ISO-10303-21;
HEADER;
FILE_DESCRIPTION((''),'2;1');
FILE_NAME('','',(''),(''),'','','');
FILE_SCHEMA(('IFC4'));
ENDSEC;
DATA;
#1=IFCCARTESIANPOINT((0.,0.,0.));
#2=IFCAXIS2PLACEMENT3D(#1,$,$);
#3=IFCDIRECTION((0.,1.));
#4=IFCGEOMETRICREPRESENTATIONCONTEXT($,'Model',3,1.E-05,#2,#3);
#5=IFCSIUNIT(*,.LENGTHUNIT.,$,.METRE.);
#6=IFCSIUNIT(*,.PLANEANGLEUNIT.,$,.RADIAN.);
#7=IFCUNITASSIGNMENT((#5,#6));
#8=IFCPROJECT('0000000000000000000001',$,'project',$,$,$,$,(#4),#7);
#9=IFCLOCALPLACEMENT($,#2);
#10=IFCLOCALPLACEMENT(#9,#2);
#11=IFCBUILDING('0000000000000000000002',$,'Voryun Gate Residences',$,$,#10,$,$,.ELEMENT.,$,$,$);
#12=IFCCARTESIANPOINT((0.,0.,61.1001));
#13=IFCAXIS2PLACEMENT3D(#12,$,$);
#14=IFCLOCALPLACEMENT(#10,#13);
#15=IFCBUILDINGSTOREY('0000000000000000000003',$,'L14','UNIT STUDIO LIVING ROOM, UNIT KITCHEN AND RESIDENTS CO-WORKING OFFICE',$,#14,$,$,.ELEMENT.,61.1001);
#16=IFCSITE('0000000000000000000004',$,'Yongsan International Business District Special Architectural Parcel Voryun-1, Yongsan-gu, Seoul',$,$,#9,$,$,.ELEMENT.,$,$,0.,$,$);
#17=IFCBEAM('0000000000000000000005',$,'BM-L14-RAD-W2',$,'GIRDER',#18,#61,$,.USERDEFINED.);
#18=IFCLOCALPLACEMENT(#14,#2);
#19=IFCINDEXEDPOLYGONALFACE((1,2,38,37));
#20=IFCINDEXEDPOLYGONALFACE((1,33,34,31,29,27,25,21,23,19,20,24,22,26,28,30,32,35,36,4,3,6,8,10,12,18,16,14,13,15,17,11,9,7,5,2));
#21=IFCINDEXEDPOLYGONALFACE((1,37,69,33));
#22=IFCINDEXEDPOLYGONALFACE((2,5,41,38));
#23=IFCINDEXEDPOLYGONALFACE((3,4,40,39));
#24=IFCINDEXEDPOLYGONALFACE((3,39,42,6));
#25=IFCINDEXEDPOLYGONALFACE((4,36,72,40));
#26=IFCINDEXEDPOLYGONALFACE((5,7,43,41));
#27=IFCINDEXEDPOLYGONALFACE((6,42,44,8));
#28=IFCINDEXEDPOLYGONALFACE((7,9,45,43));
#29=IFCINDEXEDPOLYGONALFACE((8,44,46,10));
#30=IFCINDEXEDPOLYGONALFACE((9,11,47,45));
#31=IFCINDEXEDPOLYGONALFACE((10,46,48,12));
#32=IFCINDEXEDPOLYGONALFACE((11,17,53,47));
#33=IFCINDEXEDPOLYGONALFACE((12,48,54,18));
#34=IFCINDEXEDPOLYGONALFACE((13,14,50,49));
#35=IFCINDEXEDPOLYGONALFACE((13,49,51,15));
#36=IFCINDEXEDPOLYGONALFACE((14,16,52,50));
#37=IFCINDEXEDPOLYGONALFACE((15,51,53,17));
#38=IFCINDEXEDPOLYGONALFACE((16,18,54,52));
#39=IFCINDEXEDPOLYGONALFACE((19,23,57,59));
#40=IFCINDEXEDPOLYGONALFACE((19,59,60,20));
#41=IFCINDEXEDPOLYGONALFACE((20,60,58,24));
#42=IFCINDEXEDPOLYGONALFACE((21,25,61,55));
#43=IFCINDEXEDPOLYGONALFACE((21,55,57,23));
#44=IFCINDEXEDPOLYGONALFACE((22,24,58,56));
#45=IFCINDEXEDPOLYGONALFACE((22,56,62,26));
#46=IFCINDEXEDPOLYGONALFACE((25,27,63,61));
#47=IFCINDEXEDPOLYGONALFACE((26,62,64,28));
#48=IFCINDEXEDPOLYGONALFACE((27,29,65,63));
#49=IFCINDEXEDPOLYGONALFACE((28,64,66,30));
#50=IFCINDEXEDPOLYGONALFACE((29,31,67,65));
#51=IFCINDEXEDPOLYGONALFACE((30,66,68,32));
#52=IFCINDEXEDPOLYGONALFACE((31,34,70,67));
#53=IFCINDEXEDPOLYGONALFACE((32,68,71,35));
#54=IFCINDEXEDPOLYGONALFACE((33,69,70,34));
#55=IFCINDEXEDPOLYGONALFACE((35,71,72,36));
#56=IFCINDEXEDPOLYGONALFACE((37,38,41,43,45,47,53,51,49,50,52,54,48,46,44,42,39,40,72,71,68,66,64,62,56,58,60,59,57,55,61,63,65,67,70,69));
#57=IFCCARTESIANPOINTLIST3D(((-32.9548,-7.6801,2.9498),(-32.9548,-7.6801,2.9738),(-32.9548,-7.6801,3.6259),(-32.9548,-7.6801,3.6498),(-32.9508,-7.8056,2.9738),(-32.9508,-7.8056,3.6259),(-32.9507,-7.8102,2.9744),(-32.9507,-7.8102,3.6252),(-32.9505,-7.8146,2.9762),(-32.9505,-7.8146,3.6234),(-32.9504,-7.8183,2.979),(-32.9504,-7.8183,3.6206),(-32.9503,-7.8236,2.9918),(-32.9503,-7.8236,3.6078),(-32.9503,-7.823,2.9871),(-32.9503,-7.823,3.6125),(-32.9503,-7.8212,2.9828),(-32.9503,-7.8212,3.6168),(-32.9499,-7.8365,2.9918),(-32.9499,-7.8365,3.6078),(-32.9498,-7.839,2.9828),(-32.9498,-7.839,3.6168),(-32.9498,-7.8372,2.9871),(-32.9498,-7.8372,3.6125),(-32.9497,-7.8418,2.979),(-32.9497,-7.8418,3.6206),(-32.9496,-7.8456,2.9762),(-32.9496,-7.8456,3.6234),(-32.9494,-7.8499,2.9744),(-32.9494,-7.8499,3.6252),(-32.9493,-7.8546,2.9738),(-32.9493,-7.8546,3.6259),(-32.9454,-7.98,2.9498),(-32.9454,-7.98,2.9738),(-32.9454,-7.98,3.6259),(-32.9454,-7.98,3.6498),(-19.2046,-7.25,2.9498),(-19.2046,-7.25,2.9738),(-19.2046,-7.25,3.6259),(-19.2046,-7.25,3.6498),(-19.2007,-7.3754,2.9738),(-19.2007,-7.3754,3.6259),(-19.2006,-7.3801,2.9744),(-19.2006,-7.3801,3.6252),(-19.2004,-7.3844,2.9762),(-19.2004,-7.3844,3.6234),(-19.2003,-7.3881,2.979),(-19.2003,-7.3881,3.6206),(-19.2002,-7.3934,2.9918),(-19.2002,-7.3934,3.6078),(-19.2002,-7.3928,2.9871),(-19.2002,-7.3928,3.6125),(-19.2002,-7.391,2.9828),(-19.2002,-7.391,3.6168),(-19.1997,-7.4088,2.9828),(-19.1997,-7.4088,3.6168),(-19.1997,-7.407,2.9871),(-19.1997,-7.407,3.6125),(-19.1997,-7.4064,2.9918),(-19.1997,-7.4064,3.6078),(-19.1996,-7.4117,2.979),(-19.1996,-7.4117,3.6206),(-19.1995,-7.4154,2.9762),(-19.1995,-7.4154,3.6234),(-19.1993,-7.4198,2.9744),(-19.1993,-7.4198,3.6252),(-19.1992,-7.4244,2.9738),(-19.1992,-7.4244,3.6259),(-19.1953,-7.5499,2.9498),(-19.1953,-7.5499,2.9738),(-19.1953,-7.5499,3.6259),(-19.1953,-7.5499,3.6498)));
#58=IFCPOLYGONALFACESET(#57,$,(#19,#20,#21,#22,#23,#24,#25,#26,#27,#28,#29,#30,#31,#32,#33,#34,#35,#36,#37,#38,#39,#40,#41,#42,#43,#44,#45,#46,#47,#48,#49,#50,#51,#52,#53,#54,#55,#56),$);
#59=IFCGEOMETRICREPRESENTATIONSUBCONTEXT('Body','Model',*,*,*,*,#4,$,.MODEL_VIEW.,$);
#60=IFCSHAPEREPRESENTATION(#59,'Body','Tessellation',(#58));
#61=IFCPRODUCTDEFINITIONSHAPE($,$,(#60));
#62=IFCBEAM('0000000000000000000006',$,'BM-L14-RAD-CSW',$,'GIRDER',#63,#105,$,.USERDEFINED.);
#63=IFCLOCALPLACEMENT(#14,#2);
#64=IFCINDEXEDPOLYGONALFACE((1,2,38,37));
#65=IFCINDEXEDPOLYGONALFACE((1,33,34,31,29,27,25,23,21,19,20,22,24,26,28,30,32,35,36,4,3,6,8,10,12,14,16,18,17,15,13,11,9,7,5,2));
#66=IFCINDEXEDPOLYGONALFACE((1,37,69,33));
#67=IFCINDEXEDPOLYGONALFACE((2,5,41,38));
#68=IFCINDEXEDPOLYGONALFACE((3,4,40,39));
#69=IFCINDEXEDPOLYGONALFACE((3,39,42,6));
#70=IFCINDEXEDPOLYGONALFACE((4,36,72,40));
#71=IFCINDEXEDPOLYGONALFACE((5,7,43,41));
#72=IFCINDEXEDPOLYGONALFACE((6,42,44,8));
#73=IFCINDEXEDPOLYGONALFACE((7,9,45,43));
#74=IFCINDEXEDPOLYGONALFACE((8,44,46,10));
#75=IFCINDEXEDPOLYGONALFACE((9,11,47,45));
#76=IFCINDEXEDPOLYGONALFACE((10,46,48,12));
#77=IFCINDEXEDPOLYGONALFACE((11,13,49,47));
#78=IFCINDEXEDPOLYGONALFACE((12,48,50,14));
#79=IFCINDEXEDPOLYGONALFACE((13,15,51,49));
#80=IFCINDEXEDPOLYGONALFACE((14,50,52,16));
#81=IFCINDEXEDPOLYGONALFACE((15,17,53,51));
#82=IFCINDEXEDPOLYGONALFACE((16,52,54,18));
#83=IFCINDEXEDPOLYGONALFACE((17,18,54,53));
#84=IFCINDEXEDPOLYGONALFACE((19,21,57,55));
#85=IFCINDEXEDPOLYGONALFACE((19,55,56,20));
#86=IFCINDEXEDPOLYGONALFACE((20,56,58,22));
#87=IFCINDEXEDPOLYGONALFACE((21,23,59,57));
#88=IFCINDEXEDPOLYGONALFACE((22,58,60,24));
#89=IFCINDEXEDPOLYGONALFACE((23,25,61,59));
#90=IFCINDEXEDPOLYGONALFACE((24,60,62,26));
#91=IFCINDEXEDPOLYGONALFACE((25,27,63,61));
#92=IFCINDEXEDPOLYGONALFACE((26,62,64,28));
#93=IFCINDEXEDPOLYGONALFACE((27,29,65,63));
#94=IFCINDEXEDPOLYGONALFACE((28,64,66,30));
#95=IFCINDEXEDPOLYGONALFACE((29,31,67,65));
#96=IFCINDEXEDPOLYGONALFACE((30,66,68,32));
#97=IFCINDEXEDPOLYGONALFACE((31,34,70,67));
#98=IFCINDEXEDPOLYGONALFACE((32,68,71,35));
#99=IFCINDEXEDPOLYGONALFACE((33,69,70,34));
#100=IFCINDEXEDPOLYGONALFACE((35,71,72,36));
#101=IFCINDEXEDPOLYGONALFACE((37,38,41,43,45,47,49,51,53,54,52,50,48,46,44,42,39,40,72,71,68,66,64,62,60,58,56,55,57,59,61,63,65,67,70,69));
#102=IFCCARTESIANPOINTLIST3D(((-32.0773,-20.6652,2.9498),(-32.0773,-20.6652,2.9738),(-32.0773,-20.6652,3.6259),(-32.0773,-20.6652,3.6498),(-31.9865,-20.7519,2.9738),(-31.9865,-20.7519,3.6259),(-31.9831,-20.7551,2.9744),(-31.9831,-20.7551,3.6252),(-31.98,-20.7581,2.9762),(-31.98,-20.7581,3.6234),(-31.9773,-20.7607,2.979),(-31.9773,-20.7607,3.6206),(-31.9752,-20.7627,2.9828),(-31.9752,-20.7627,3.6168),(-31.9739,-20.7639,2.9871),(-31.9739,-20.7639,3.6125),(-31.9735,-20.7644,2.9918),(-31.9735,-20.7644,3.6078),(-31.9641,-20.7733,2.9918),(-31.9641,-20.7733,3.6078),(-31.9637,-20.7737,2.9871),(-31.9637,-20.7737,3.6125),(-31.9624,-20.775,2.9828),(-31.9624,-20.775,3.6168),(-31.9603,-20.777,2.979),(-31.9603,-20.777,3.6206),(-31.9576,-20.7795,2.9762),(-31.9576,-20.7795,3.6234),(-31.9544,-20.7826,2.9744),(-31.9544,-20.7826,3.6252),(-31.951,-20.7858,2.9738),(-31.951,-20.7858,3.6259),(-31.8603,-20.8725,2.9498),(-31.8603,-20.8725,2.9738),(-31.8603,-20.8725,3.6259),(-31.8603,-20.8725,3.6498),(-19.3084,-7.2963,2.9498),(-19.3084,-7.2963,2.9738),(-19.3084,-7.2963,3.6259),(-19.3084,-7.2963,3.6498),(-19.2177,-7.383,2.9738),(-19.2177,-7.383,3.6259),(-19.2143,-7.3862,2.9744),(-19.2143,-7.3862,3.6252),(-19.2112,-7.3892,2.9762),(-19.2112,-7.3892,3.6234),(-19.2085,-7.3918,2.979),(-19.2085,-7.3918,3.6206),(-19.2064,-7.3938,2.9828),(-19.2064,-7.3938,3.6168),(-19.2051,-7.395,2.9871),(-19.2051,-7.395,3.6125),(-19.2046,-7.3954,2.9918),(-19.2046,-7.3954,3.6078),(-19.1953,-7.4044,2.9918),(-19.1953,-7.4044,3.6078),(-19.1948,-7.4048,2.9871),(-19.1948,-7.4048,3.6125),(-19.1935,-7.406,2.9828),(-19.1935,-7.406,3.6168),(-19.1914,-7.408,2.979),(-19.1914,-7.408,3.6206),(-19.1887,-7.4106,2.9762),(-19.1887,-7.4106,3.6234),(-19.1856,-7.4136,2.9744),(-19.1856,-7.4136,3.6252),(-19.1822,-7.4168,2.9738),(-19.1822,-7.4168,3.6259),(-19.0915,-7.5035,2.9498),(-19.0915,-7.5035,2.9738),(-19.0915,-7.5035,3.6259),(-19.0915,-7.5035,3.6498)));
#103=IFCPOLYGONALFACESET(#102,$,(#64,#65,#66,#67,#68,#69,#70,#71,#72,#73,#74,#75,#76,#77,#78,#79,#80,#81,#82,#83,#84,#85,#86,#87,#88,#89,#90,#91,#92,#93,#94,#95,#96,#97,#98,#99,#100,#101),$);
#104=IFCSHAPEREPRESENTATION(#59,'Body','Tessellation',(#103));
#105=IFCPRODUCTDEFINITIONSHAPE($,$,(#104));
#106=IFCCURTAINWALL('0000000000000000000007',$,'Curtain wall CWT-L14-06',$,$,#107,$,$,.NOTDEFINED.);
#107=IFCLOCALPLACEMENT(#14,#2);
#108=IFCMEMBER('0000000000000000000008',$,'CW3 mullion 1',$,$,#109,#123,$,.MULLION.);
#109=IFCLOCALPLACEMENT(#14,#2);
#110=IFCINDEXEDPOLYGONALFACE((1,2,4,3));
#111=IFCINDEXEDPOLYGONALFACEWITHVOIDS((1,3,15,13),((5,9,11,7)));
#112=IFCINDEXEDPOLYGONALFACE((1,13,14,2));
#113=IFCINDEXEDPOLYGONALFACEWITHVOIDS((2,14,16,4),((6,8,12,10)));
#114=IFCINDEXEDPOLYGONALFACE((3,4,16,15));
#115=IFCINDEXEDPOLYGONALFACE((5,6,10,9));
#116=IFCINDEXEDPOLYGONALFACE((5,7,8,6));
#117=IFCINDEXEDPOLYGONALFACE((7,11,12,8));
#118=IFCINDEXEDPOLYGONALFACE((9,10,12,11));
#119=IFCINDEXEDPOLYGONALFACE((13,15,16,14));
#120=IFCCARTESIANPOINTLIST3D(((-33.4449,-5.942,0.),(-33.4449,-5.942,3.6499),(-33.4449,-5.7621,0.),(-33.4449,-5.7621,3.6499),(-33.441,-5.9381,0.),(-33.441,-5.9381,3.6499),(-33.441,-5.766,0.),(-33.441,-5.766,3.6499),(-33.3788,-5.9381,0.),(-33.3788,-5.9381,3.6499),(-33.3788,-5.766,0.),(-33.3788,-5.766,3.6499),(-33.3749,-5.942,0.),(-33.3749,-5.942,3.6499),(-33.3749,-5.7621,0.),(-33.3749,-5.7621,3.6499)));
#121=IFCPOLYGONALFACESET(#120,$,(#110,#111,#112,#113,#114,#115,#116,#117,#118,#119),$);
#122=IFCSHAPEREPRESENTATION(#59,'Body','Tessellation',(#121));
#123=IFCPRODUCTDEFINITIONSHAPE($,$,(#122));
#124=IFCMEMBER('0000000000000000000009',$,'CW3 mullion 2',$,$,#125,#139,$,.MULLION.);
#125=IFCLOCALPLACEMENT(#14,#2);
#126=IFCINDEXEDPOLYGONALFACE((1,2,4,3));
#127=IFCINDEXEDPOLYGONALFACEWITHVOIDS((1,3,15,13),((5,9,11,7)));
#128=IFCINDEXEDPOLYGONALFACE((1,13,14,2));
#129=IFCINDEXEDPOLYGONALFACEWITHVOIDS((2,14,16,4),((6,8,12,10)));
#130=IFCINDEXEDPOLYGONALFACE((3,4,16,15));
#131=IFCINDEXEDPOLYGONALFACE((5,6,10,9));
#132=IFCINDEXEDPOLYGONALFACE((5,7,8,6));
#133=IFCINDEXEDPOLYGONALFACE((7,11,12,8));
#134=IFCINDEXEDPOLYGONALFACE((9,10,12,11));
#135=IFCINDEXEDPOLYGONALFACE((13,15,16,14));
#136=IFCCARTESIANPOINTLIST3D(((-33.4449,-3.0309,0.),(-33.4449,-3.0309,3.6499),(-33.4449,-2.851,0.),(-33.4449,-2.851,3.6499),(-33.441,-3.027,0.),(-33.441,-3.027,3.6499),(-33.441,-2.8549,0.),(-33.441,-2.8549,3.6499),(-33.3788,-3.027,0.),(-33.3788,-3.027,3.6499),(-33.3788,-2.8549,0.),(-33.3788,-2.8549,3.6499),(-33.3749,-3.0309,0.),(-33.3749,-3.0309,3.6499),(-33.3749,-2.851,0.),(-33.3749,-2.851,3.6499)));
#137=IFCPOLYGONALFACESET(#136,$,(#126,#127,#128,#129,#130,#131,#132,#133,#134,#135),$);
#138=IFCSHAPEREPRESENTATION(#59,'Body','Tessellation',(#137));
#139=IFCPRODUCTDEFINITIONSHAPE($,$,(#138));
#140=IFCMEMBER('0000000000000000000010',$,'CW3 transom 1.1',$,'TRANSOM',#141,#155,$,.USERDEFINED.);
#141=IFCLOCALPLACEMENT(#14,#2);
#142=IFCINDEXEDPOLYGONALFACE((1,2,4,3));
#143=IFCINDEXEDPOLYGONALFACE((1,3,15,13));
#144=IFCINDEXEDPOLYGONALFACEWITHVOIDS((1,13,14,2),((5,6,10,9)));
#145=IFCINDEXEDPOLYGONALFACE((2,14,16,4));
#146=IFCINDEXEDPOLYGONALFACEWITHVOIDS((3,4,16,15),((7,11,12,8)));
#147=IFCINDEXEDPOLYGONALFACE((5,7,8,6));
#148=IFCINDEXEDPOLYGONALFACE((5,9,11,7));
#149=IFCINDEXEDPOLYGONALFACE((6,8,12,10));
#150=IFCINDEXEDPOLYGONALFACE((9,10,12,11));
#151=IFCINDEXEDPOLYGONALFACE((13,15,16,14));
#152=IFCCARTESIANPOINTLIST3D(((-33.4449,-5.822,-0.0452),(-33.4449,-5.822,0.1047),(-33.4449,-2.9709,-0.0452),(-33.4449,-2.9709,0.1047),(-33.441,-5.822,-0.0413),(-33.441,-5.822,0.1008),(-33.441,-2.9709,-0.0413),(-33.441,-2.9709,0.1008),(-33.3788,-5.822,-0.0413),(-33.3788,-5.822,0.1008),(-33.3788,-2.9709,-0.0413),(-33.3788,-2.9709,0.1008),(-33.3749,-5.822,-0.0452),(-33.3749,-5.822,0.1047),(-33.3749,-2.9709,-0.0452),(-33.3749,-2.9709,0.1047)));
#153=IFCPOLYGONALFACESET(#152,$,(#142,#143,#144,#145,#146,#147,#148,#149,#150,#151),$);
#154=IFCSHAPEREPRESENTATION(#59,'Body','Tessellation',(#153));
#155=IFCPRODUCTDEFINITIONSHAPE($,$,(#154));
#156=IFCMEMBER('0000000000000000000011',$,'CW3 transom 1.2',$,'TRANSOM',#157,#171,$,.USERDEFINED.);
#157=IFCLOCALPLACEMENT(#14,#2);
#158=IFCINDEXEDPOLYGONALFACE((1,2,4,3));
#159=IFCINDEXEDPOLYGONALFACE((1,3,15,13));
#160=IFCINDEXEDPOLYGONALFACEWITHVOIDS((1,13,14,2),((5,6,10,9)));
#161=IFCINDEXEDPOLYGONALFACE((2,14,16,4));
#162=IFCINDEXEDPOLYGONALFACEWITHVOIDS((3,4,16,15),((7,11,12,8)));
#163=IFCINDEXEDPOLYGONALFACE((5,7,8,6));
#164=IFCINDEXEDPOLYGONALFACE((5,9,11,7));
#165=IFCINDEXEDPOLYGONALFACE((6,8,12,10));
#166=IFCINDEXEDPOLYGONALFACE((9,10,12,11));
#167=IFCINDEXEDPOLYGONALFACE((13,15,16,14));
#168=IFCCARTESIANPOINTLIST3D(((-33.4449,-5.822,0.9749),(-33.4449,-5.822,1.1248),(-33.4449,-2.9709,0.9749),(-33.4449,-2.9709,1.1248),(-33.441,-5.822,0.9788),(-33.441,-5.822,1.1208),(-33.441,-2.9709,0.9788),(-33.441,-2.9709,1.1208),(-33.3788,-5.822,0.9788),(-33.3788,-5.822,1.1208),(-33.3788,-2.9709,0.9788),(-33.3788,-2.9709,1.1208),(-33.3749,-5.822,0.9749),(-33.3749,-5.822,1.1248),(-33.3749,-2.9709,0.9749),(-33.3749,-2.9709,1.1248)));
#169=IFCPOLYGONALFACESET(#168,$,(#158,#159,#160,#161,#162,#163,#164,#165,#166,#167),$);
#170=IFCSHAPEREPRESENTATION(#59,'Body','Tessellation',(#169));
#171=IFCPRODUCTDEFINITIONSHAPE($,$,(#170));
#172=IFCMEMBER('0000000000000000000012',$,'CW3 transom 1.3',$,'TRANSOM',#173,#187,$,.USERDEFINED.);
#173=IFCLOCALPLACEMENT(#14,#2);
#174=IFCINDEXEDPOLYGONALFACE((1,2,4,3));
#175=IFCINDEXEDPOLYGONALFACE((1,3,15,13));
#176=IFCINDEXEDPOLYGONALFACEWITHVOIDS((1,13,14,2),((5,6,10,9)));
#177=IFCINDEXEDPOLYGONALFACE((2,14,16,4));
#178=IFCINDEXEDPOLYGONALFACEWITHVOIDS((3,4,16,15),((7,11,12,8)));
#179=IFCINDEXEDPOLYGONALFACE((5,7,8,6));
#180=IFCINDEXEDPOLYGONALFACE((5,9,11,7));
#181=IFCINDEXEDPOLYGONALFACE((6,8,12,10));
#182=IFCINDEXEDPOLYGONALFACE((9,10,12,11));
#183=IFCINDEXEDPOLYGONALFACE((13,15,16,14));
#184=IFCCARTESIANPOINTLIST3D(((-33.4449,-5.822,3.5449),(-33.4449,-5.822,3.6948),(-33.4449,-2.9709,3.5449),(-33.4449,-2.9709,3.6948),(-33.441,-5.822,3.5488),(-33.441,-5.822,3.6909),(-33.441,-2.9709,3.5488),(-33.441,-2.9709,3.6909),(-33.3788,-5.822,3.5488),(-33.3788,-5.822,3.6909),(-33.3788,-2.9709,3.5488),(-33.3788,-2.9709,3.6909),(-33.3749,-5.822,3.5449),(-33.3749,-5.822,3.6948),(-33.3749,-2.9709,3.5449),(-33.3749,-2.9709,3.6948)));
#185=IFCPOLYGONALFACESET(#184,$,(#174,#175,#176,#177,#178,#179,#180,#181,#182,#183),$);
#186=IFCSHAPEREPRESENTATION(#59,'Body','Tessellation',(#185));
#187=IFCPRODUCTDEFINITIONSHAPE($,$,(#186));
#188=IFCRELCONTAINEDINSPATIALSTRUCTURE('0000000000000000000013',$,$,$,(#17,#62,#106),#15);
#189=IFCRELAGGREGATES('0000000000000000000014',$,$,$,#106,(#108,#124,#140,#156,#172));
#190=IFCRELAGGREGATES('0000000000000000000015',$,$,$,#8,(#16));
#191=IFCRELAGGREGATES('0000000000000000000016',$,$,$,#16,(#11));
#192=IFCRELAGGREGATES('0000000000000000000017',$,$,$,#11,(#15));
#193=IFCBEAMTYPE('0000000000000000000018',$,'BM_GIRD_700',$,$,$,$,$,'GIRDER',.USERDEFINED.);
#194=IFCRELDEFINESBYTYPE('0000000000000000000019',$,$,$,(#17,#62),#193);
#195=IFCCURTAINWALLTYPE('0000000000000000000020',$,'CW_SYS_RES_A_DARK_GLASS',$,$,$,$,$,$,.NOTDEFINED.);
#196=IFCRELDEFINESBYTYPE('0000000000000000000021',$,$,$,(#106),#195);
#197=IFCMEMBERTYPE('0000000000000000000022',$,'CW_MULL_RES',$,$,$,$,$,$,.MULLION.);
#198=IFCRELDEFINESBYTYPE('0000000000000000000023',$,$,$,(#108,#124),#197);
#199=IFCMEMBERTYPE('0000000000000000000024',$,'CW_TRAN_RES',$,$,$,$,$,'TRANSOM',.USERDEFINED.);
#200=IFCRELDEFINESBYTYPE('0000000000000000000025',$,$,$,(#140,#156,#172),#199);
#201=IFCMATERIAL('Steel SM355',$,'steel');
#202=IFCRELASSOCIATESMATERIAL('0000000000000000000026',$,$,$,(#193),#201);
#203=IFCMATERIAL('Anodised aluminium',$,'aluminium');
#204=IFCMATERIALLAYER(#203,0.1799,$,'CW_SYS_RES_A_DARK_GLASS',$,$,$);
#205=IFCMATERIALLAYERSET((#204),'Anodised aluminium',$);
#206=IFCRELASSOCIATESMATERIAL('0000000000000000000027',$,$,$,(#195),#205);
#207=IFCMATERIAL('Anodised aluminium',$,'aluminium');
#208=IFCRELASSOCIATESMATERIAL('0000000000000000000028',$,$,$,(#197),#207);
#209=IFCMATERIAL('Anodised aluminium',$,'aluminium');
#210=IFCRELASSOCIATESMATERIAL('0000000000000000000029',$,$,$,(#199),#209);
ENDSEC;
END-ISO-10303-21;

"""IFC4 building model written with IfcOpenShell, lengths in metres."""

from ifc_helpers import new_model, si_unit, direction, frame, origin, origin_2d, place, context, subcontext, project, spatial, hollow_rectangle, i_section, extrude, material, layer, layer_set, material_profile, profile_set, type_object, element, aggregate, save


model = new_model("IFC4")

# Units and contexts
model_context = context("Model", 3, precision=1e-05, world=origin(), true_north=direction((0.0, 1.0)))
body_context = subcontext(model_context, "Body", "Model", "MODEL_VIEW")
ifc_project = project(units=[si_unit("LENGTHUNIT", "METRE"), si_unit("PLANEANGLEUNIT", "RADIAN")], contexts=[model_context])

# Site, building, storey
site_placement = place(None, origin())
site = spatial("IfcSite", under=ifc_project, at=site_placement, Name="Yongsan International Business District Special Architectural Parcel Voryun-1, Yongsan-gu, Seoul", CompositionType="ELEMENT", RefElevation=0.0)
building_placement = place(site_placement, origin())
building = spatial("IfcBuilding", under=site, at=building_placement, Name="Voryun Gate Residences", CompositionType="ELEMENT")
storey_placement = place(building_placement, frame((0.0, 0.0, 61.1001)))
storey = spatial("IfcBuildingStorey", under=building, at=storey_placement, Name="L14", Description="UNIT STUDIO LIVING ROOM, UNIT KITCHEN AND RESIDENTS CO-WORKING OFFICE", CompositionType="ELEMENT", Elevation=61.1001)

# Beams
ifc_material_1 = material(Name="Steel SM355", Category="steel")
ifc_material_profile_1 = material_profile(ifc_material_1, i_section(OverallWidth=0.3, OverallDepth=0.7, WebThickness=0.0129, FlangeThickness=0.0239, FilletRadius=0.0181, at=origin_2d()), Name="H-700x300x13x24")
ifc_profile_set_1 = profile_set([ifc_material_profile_1], Name="Steel SM355")
beam_type_1 = type_object("IfcBeamType", Name="BM_GIRD_700", ElementType="GIRDER", PredefinedType="USERDEFINED", material=ifc_profile_set_1)
beam_1_placement = place(storey_placement, frame((-19.2, -7.3999, 3.2998), z_axis=(-0.999511, -0.03127, 0.0), x_axis=(0.03127, -0.999511, 0.0)))
element("IfcBeam", 1, at=beam_1_placement, inside=storey, type_object=beam_type_1, Name="BM-L14-RAD-W2", ObjectType="GIRDER", PredefinedType="USERDEFINED", context=body_context, shape_type="SweptSolid", body=[
    extrude(i_section(OverallWidth=0.3, OverallDepth=0.7, WebThickness=0.0129, FlangeThickness=0.0239, FilletRadius=0.0181, at=origin_2d()), origin(), (0.0, 0.0, 1.0), 13.7568),
])
beam_2_placement = place(storey_placement, frame((-19.2, -7.3999, 3.2998), z_axis=(-0.69069, -0.723151, 0.0), x_axis=(0.723151, -0.69069, 0.0)))
element("IfcBeam", 2, at=beam_2_placement, inside=storey, type_object=beam_type_1, Name="BM-L14-RAD-CSW", ObjectType="GIRDER", PredefinedType="USERDEFINED", context=body_context, shape_type="SweptSolid", body=[
    extrude(i_section(OverallWidth=0.3, OverallDepth=0.7, WebThickness=0.0129, FlangeThickness=0.0239, FilletRadius=0.0181, at=origin_2d()), origin(), (0.0, 0.0, 1.0), 18.4871),
])

# Curtain wall, members
ifc_material_2 = material(Name="Anodised aluminium", Category="aluminium")
ifc_layer_1 = layer(ifc_material_2, 0.1799, Name="CW_SYS_RES_A_DARK_GLASS")
ifc_layer_set_1 = layer_set([ifc_layer_1], Name="Anodised aluminium")
curtain_wall_type = type_object("IfcCurtainWallType", Name="CW_SYS_RES_A_DARK_GLASS", PredefinedType="NOTDEFINED", material=ifc_layer_set_1)
curtain_wall_placement = place(storey_placement, origin())
curtain_wall = element("IfcCurtainWall", 3, at=curtain_wall_placement, inside=storey, type_object=curtain_wall_type, Name="Curtain wall CWT-L14-06", PredefinedType="NOTDEFINED")
ifc_material_3 = material(Name="Anodised aluminium", Category="aluminium")
ifc_material_profile_2 = material_profile(ifc_material_3, hollow_rectangle(XDim=0.0701, YDim=0.1799, WallThickness=0.0039, at=origin_2d()), Name="ALU-MULL-180x70x4")
ifc_profile_set_2 = profile_set([ifc_material_profile_2], Name="Anodised aluminium")
member_type_1 = type_object("IfcMemberType", Name="CW_MULL_RES", PredefinedType="MULLION", material=ifc_profile_set_2)
member_1_placement = place(storey_placement, frame((-33.4099, -5.8521, 0.0), z_axis=(0.0, 0.0, 1.0), x_axis=(-1.0, 0.0, 0.0)))
member_1 = element("IfcMember", 4, at=member_1_placement, type_object=member_type_1, Name="CW3 mullion 1", PredefinedType="MULLION", context=body_context, shape_type="SweptSolid", body=[
    extrude(hollow_rectangle(XDim=0.0701, YDim=0.1799, WallThickness=0.0039, at=origin_2d()), origin(), (0.0, 0.0, 1.0), 3.6499),
])
member_2_placement = place(storey_placement, frame((-33.4099, -2.9409, 0.0), z_axis=(0.0, 0.0, 1.0), x_axis=(-1.0, 0.0, 0.0)))
member_2 = element("IfcMember", 5, at=member_2_placement, type_object=member_type_1, Name="CW3 mullion 2", PredefinedType="MULLION", context=body_context, shape_type="SweptSolid", body=[
    extrude(hollow_rectangle(XDim=0.0701, YDim=0.1799, WallThickness=0.0039, at=origin_2d()), origin(), (0.0, 0.0, 1.0), 3.6499),
])
ifc_material_4 = material(Name="Anodised aluminium", Category="aluminium")
ifc_material_profile_3 = material_profile(ifc_material_4, hollow_rectangle(XDim=0.0701, YDim=0.1499, WallThickness=0.0039, at=origin_2d()), Name="ALU-TRAN-150x70x4")
ifc_profile_set_3 = profile_set([ifc_material_profile_3], Name="Anodised aluminium")
member_type_2 = type_object("IfcMemberType", Name="CW_TRAN_RES", ElementType="TRANSOM", PredefinedType="USERDEFINED", material=ifc_profile_set_3)
member_3_placement = place(storey_placement, frame((-33.4099, -5.822, 0.0298), z_axis=(0.0, 1.0, 0.0), x_axis=(-1.0, 0.0, 0.0)))
member_3 = element("IfcMember", 6, at=member_3_placement, type_object=member_type_2, Name="CW3 transom 1.1", ObjectType="TRANSOM", PredefinedType="USERDEFINED", context=body_context, shape_type="SweptSolid", body=[
    extrude(hollow_rectangle(XDim=0.0701, YDim=0.1499, WallThickness=0.0039, at=origin_2d()), origin(), (0.0, 0.0, 1.0), 2.8511),
])
member_4_placement = place(storey_placement, frame((-33.4099, -5.822, 1.0498), z_axis=(0.0, 1.0, 0.0), x_axis=(-1.0, 0.0, 0.0)))
member_4 = element("IfcMember", 7, at=member_4_placement, type_object=member_type_2, Name="CW3 transom 1.2", ObjectType="TRANSOM", PredefinedType="USERDEFINED", context=body_context, shape_type="SweptSolid", body=[
    extrude(hollow_rectangle(XDim=0.0701, YDim=0.1499, WallThickness=0.0039, at=origin_2d()), origin(), (0.0, 0.0, 1.0), 2.8511),
])
member_5_placement = place(storey_placement, frame((-33.4099, -5.822, 3.6199), z_axis=(0.0, 1.0, 0.0), x_axis=(-1.0, 0.0, 0.0)))
member_5 = element("IfcMember", 8, at=member_5_placement, type_object=member_type_2, Name="CW3 transom 1.3", ObjectType="TRANSOM", PredefinedType="USERDEFINED", context=body_context, shape_type="SweptSolid", body=[
    extrude(hollow_rectangle(XDim=0.0701, YDim=0.1499, WallThickness=0.0039, at=origin_2d()), origin(), (0.0, 0.0, 1.0), 2.8511),
])
aggregate(curtain_wall, [member_1, member_2, member_3, member_4, member_5])

save(model, "model.ifc")
